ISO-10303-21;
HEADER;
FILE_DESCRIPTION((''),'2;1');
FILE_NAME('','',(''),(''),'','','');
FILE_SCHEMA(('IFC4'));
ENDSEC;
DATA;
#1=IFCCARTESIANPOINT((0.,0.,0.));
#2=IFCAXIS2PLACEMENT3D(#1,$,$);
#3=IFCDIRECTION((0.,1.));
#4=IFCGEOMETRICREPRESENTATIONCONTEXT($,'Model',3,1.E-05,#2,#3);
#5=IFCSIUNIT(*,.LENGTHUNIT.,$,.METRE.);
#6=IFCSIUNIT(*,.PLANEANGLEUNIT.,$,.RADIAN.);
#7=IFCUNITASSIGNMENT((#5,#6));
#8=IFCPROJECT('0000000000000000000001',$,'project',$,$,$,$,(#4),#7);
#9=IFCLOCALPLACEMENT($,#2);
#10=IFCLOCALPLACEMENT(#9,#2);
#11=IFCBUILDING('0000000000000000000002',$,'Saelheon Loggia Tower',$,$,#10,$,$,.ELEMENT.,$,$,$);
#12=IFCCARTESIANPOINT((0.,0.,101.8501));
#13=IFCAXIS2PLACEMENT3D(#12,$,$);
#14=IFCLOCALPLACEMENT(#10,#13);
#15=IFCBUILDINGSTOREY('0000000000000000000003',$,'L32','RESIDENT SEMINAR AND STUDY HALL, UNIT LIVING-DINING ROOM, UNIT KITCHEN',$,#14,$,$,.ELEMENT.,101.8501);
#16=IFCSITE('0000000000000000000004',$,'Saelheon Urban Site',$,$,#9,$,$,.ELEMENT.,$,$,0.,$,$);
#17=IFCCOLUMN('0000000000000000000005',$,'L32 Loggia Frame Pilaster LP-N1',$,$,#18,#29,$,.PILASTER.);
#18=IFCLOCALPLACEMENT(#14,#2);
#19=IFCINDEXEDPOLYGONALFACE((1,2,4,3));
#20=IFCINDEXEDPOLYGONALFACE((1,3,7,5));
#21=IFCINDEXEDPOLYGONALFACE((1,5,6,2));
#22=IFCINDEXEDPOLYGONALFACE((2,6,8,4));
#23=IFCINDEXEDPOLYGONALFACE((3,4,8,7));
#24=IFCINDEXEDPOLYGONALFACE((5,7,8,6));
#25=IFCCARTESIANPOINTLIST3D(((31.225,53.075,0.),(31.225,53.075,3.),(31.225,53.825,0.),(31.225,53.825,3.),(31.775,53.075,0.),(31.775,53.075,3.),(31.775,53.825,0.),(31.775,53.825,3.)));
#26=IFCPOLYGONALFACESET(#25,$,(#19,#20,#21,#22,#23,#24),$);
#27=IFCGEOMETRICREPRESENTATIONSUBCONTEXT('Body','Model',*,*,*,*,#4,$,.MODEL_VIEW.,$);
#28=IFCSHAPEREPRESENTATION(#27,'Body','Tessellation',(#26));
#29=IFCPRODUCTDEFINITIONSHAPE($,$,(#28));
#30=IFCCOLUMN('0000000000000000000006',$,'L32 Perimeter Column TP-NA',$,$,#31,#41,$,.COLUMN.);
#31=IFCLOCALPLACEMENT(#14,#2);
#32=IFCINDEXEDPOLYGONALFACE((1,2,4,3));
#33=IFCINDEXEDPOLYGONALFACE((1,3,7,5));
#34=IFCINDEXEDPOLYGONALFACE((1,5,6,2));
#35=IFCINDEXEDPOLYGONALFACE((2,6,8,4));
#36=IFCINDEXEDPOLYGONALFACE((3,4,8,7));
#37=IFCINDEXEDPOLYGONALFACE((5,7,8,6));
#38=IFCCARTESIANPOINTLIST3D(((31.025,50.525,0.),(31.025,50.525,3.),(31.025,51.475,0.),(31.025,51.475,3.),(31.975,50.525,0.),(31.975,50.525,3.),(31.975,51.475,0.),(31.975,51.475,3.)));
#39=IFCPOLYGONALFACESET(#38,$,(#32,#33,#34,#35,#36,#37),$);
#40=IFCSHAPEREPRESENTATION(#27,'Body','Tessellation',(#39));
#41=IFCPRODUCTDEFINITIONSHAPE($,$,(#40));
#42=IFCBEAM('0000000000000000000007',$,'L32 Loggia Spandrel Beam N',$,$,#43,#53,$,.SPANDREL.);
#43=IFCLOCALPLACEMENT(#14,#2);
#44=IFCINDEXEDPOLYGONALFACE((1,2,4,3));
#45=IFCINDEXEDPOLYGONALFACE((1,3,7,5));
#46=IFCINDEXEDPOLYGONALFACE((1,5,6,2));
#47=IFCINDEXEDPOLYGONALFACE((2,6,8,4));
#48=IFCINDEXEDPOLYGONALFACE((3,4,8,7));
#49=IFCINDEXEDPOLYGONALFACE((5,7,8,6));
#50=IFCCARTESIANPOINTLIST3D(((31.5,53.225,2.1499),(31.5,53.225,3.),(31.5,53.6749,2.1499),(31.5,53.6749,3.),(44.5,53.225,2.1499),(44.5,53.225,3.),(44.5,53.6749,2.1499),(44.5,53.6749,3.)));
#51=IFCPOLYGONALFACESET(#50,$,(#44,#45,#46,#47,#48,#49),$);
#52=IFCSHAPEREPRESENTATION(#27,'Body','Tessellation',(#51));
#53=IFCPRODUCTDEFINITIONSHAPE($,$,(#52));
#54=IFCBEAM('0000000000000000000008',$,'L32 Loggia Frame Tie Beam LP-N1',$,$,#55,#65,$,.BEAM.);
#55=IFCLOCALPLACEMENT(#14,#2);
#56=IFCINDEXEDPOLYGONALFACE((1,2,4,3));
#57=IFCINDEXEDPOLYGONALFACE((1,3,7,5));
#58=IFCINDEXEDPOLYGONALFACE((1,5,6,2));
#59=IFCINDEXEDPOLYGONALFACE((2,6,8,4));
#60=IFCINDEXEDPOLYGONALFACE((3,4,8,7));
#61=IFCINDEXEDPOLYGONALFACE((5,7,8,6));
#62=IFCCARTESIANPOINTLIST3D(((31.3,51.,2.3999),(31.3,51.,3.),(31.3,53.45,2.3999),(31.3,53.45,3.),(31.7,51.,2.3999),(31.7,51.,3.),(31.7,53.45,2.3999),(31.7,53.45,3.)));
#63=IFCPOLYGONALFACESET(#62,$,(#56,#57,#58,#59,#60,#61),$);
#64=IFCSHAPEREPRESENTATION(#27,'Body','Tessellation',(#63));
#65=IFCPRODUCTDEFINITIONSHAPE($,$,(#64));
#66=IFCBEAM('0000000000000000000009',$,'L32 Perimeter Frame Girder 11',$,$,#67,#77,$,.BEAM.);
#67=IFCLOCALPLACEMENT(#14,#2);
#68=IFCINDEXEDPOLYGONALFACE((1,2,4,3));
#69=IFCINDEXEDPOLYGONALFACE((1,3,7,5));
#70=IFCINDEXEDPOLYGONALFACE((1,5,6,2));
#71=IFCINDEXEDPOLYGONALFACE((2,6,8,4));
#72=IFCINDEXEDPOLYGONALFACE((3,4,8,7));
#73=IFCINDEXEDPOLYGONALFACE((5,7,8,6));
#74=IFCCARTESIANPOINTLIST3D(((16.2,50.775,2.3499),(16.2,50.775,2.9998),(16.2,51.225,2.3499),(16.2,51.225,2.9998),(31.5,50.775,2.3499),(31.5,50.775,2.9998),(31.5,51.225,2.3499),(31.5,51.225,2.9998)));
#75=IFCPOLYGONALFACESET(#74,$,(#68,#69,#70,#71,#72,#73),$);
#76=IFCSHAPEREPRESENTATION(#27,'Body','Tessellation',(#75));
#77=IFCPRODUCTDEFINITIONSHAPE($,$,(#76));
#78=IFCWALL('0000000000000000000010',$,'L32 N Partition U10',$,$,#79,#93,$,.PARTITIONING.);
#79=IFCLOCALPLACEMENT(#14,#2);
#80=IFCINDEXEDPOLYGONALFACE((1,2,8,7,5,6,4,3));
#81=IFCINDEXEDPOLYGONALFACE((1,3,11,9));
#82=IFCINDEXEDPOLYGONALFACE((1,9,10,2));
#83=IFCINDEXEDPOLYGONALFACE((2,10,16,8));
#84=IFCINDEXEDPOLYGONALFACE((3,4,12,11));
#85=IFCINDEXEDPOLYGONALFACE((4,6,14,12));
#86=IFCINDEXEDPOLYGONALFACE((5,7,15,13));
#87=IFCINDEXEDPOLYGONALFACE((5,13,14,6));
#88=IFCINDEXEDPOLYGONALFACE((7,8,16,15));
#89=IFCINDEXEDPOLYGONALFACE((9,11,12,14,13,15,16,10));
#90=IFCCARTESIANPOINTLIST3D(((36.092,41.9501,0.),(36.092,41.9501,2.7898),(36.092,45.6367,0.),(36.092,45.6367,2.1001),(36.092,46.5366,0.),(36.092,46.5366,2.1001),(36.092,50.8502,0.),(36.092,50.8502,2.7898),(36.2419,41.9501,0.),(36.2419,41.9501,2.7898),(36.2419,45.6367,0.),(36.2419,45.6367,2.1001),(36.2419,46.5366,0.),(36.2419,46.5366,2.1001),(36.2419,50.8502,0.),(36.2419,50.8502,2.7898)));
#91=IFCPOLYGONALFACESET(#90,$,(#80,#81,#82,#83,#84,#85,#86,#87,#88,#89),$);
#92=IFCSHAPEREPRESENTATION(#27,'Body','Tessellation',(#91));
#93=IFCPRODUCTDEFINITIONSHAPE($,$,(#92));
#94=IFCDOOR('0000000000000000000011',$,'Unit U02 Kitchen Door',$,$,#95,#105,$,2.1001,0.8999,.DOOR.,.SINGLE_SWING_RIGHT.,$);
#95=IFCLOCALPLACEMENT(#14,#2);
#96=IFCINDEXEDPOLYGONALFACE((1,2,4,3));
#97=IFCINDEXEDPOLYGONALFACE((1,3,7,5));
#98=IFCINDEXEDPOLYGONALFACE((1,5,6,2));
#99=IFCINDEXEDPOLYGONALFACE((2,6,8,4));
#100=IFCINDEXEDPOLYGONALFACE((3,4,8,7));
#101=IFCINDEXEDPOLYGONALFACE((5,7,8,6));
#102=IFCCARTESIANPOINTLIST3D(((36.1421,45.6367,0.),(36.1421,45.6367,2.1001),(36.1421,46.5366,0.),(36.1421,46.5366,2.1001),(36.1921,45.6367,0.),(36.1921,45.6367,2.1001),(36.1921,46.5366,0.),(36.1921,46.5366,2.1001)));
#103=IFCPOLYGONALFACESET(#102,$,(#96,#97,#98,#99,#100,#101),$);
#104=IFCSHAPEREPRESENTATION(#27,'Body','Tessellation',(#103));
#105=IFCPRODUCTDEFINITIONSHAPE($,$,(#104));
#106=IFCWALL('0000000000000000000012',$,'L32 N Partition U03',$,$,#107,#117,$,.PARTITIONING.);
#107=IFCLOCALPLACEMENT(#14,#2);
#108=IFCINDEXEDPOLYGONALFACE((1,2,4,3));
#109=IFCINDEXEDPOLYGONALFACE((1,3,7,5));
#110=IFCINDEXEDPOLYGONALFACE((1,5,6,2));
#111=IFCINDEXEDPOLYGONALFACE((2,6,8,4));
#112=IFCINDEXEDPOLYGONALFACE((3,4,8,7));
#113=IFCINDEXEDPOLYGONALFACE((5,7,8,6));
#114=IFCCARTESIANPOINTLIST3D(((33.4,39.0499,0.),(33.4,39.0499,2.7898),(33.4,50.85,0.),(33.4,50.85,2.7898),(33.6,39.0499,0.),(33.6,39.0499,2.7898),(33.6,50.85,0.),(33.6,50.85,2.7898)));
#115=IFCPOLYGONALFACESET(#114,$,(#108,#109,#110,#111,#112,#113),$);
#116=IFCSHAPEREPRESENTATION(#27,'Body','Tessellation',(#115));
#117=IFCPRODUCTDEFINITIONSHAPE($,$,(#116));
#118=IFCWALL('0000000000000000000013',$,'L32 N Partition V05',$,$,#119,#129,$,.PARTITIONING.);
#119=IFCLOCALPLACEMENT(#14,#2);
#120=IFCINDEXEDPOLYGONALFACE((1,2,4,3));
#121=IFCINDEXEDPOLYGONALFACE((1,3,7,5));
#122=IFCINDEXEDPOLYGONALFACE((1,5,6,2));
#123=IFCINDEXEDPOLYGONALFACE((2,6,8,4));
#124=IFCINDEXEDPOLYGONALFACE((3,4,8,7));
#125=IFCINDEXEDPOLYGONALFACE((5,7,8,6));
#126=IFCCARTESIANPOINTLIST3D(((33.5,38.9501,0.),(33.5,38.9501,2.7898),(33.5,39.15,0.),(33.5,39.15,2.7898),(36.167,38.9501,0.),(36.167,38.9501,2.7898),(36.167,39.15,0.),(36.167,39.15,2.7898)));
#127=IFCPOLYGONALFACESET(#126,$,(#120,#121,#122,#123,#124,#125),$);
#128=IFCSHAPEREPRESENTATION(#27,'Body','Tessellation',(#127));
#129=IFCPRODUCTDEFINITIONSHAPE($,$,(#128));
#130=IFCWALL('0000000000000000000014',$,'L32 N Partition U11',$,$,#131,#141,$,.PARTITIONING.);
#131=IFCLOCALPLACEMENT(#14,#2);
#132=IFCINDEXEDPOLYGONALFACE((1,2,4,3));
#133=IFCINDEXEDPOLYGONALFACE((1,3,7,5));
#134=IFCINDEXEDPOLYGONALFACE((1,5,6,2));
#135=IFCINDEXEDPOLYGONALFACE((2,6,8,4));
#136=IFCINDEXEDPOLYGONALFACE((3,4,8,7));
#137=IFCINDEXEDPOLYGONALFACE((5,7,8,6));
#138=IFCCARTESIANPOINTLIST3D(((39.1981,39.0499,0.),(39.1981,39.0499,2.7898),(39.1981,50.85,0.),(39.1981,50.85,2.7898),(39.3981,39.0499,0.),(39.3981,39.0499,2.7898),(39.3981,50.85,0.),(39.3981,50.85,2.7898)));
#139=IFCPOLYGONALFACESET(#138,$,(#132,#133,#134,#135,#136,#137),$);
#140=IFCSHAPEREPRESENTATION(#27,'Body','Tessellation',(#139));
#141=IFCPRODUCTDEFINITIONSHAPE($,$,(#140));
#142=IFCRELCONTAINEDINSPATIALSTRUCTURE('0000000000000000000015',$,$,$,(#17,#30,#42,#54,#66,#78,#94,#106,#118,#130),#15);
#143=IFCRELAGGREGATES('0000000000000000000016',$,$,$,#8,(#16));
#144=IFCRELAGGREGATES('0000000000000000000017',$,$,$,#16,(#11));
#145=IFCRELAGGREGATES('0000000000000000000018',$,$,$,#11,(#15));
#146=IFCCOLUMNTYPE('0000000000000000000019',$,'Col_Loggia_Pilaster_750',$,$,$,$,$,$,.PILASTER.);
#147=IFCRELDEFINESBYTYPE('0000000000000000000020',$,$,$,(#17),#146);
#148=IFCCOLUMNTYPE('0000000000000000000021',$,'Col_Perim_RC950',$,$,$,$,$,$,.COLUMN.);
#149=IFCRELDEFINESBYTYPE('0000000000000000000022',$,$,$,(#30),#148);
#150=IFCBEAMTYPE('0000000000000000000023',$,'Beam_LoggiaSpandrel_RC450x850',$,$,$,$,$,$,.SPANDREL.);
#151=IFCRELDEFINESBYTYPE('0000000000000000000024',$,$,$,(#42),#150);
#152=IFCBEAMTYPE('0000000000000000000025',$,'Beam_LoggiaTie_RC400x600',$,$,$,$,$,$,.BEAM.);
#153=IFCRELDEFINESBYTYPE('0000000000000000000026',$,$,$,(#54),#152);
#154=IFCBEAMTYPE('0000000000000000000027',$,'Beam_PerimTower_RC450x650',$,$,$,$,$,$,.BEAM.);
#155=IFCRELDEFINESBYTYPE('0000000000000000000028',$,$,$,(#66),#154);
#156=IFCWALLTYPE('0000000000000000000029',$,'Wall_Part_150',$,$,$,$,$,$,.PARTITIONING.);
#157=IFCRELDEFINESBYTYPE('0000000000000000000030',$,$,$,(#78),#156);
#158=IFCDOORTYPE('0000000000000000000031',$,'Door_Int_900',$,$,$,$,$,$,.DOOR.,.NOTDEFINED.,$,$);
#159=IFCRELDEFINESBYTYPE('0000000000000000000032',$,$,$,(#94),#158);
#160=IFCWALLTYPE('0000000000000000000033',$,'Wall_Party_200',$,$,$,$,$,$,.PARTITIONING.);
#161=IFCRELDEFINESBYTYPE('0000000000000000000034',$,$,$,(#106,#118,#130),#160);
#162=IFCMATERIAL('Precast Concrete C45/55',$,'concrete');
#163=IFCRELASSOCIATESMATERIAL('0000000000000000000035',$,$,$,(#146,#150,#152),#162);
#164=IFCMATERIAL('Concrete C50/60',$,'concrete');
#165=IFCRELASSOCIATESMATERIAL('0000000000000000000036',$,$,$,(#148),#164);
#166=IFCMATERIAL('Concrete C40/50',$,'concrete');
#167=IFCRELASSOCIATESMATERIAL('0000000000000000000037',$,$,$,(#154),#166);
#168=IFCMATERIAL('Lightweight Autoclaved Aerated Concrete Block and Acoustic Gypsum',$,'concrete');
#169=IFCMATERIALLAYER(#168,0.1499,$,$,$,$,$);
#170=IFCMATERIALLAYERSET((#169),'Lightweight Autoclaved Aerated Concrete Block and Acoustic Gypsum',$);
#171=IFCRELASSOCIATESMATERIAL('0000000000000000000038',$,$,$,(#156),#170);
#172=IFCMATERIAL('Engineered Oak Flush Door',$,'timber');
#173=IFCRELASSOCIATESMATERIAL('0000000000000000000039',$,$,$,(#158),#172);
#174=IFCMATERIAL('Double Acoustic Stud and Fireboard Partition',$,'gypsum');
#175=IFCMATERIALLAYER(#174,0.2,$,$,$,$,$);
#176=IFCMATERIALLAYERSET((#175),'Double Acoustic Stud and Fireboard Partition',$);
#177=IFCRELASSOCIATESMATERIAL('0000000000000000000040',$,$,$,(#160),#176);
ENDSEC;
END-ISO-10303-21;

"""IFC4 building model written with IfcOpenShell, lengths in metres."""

from ifc_helpers import new_model, si_unit, direction, frame, frame_2d, origin, origin_2d, place, context, subcontext, project, spatial, rectangle, extrude, source, transform, mapped, material, layer, layer_set, material_profile, profile_set, type_object, element, fill, save


model = new_model("IFC4")

# Units and contexts
model_context = context("Model", 3, precision=1e-05, world=origin(), true_north=direction((0.0, 1.0)))
body_context = subcontext(model_context, "Body", "Model", "MODEL_VIEW")
ifc_project = project(units=[si_unit("LENGTHUNIT", "METRE"), si_unit("PLANEANGLEUNIT", "RADIAN")], contexts=[model_context])

# Site, building, storey
site_placement = place(None, origin())
site = spatial("IfcSite", under=ifc_project, at=site_placement, Name="Saelheon Urban Site", CompositionType="ELEMENT", RefElevation=0.0)
building_placement = place(site_placement, origin())
building = spatial("IfcBuilding", under=site, at=building_placement, Name="Saelheon Loggia Tower", CompositionType="ELEMENT")
storey_placement = place(building_placement, frame((0.0, 0.0, 101.8501)))
storey = spatial("IfcBuildingStorey", under=building, at=storey_placement, Name="L32", Description="RESIDENT SEMINAR AND STUDY HALL, UNIT LIVING-DINING ROOM, UNIT KITCHEN", CompositionType="ELEMENT", Elevation=101.8501)

# Columns
ifc_material_1 = material(Name="Precast Concrete C45/55", Category="concrete")
ifc_material_profile_1 = material_profile(ifc_material_1, rectangle(XDim=0.55, YDim=0.75, at=origin_2d()), Name="RC-550x750")
ifc_profile_set_1 = profile_set([ifc_material_profile_1], Name="Precast Concrete C45/55")
column_type_1 = type_object("IfcColumnType", Name="Col_Loggia_Pilaster_750", PredefinedType="PILASTER", material=ifc_profile_set_1)
shared_shape_1 = source(origin(), body_context, "Body", "SweptSolid", [
    extrude(rectangle(XDim=0.55, YDim=0.75, at=origin_2d()), origin(), (0.0, 0.0, 1.0), 3.0),
])
column_1_placement = place(storey_placement, frame((31.5, 53.45, 0.0), z_axis=(0.0, 0.0, 1.0), x_axis=(1.0, 0.0, 0.0)))
element("IfcColumn", 1, at=column_1_placement, inside=storey, type_object=column_type_1, Name="L32 Loggia Frame Pilaster LP-N1", PredefinedType="PILASTER", context=body_context, shape_type="MappedRepresentation", body=[
    mapped(shared_shape_1, transform((0.0, 0.0, 0.0), scale=1.0)),
])
ifc_material_2 = material(Name="Concrete C50/60", Category="concrete")
ifc_material_profile_2 = material_profile(ifc_material_2, rectangle(XDim=0.95, YDim=0.95, at=origin_2d()), Name="RC-950x950")
ifc_profile_set_2 = profile_set([ifc_material_profile_2], Name="Concrete C50/60")
column_type_2 = type_object("IfcColumnType", Name="Col_Perim_RC950", PredefinedType="COLUMN", material=ifc_profile_set_2)
shared_shape_2 = source(origin(), body_context, "Body", "SweptSolid", [
    extrude(rectangle(XDim=0.95, YDim=0.95, at=origin_2d()), origin(), (0.0, 0.0, 1.0), 3.0),
])
column_2_placement = place(storey_placement, frame((31.5, 51.0, 0.0), z_axis=(0.0, 0.0, 1.0), x_axis=(1.0, 0.0, 0.0)))
element("IfcColumn", 2, at=column_2_placement, inside=storey, type_object=column_type_2, Name="L32 Perimeter Column TP-NA", PredefinedType="COLUMN", context=body_context, shape_type="MappedRepresentation", body=[
    mapped(shared_shape_2, transform((0.0, 0.0, 0.0), scale=1.0)),
])

# Beams
ifc_material_profile_3 = material_profile(ifc_material_1, rectangle(XDim=0.45, YDim=0.8501, at=origin_2d()), Name="RC-450x850")
ifc_profile_set_3 = profile_set([ifc_material_profile_3], Name="Precast Concrete C45/55")
beam_type_1 = type_object("IfcBeamType", Name="Beam_LoggiaSpandrel_RC450x850", PredefinedType="SPANDREL", material=ifc_profile_set_3)
shared_shape_3 = source(origin(), body_context, "Body", "SweptSolid", [
    extrude(rectangle(XDim=0.45, YDim=0.8501, at=origin_2d()), origin(), (0.0, 0.0, 1.0), 13.0),
])
beam_1_placement = place(storey_placement, frame((31.5, 53.45, 2.575), z_axis=(1.0, 0.0, 0.0), x_axis=(0.0, 1.0, 0.0)))
element("IfcBeam", 3, at=beam_1_placement, inside=storey, type_object=beam_type_1, Name="L32 Loggia Spandrel Beam N", PredefinedType="SPANDREL", context=body_context, shape_type="MappedRepresentation", body=[
    mapped(shared_shape_3, transform((0.0, 0.0, 0.0), scale=1.0)),
])
ifc_material_profile_4 = material_profile(ifc_material_1, rectangle(XDim=0.3999, YDim=0.6001, at=origin_2d()), Name="RC-400x600")
ifc_profile_set_4 = profile_set([ifc_material_profile_4], Name="Precast Concrete C45/55")
beam_type_2 = type_object("IfcBeamType", Name="Beam_LoggiaTie_RC400x600", PredefinedType="BEAM", material=ifc_profile_set_4)
shared_shape_4 = source(origin(), body_context, "Body", "SweptSolid", [
    extrude(rectangle(XDim=0.3999, YDim=0.6001, at=origin_2d()), origin(), (0.0, 0.0, 1.0), 2.45),
])
beam_2_placement = place(storey_placement, frame((31.5, 51.0, 2.7), z_axis=(0.0, 1.0, 0.0), x_axis=(-1.0, 0.0, 0.0)))
element("IfcBeam", 4, at=beam_2_placement, inside=storey, type_object=beam_type_2, Name="L32 Loggia Frame Tie Beam LP-N1", PredefinedType="BEAM", context=body_context, shape_type="MappedRepresentation", body=[
    mapped(shared_shape_4, transform((0.0, 0.0, 0.0), scale=1.0)),
])
ifc_material_3 = material(Name="Concrete C40/50", Category="concrete")
ifc_material_profile_5 = material_profile(ifc_material_3, rectangle(XDim=0.45, YDim=0.6499, at=origin_2d()), Name="RC-450x650")
ifc_profile_set_5 = profile_set([ifc_material_profile_5], Name="Concrete C40/50")
beam_type_3 = type_object("IfcBeamType", Name="Beam_PerimTower_RC450x650", PredefinedType="BEAM", material=ifc_profile_set_5)
shared_shape_5 = source(origin(), body_context, "Body", "SweptSolid", [
    extrude(rectangle(XDim=0.45, YDim=0.6499, at=origin_2d()), origin(), (0.0, 0.0, 1.0), 15.3),
])
beam_3_placement = place(storey_placement, frame((31.5, 51.0, 2.6748), z_axis=(-1.0, 0.0, 0.0), x_axis=(0.0, -1.0, 0.0)))
element("IfcBeam", 5, at=beam_3_placement, inside=storey, type_object=beam_type_3, Name="L32 Perimeter Frame Girder 11", PredefinedType="BEAM", context=body_context, shape_type="MappedRepresentation", body=[
    mapped(shared_shape_5, transform((0.0, 0.0, 0.0), scale=1.0)),
])

# Wall, opening, door
ifc_material_4 = material(Name="Lightweight Autoclaved Aerated Concrete Block and Acoustic Gypsum", Category="concrete")
ifc_layer_1 = layer(ifc_material_4, 0.1499)
ifc_layer_set_1 = layer_set([ifc_layer_1], Name="Lightweight Autoclaved Aerated Concrete Block and Acoustic Gypsum")
wall_type_1 = type_object("IfcWallType", Name="Wall_Part_150", PredefinedType="PARTITIONING", material=ifc_layer_set_1)
wall_1_placement = place(storey_placement, frame((36.167, 41.95, 0.0), z_axis=(0.0, 0.0, 1.0), x_axis=(0.0, 1.0, 0.0)))
wall_1 = element("IfcWall", 6, at=wall_1_placement, inside=storey, type_object=wall_type_1, Name="L32 N Partition U10", PredefinedType="PARTITIONING", context=body_context, shape_type="SweptSolid", body=[
    extrude(rectangle(XDim=8.9001, YDim=0.1499, at=frame_2d((4.4502, 0.0))), origin(), (0.0, 0.0, 1.0), 2.7898),
])
opening_1_placement = place(wall_1_placement, frame((3.6868, 0.0, 0.0)))
opening_1 = element("IfcOpeningElement", 7, at=opening_1_placement, cuts=wall_1, PredefinedType="OPENING", context=body_context, shape_type="SweptSolid", body=[
    extrude(rectangle(XDim=0.8999, YDim=2.1001, at=frame_2d((0.45, 1.05))), frame((0.0, 0.0869, 0.0), z_axis=(0.0, -1.0, 0.0), x_axis=(1.0, 0.0, 0.0)), (0.0, 0.0, 1.0), 0.1738),
])
ifc_material_5 = material(Name="Engineered Oak Flush Door", Category="timber")
door_type_1 = type_object("IfcDoorType", Name="Door_Int_900", OperationType="NOTDEFINED", PredefinedType="DOOR", material=ifc_material_5)
shared_shape_6 = source(origin(), body_context, "Body", "SweptSolid", [
    extrude(rectangle(XDim=0.8999, YDim=2.1001, at=frame_2d((0.45, 1.05))), frame((0.0, 0.0249, 0.0), z_axis=(0.0, -1.0, 0.0), x_axis=(1.0, 0.0, 0.0)), (0.0, 0.0, 1.0), 0.05),
])
door_1_placement = place(opening_1_placement, origin())
door_1 = element("IfcDoor", 8, at=door_1_placement, inside=storey, type_object=door_type_1, Name="Unit U02 Kitchen Door", OperationType="SINGLE_SWING_RIGHT", OverallHeight=2.1001, OverallWidth=0.8999, PredefinedType="DOOR", context=body_context, shape_type="MappedRepresentation", body=[
    mapped(shared_shape_6, transform((0.0, 0.0, 0.0), scale=1.0)),
])
fill(opening_1, door_1)

# Walls
ifc_material_6 = material(Name="Double Acoustic Stud and Fireboard Partition", Category="gypsum")
ifc_layer_2 = layer(ifc_material_6, 0.2)
ifc_layer_set_2 = layer_set([ifc_layer_2], Name="Double Acoustic Stud and Fireboard Partition")
wall_type_2 = type_object("IfcWallType", Name="Wall_Party_200", PredefinedType="PARTITIONING", material=ifc_layer_set_2)
wall_2_placement = place(storey_placement, frame((33.5, 39.05, 0.0), z_axis=(0.0, 0.0, 1.0), x_axis=(0.0, 1.0, 0.0)))
element("IfcWall", 9, at=wall_2_placement, inside=storey, type_object=wall_type_2, Name="L32 N Partition U03", PredefinedType="PARTITIONING", context=body_context, shape_type="SweptSolid", body=[
    extrude(rectangle(XDim=11.8, YDim=0.2, at=frame_2d((5.8999, 0.0))), origin(), (0.0, 0.0, 1.0), 2.7898),
])
wall_3_placement = place(storey_placement, frame((33.5, 39.05, 0.0), z_axis=(0.0, 0.0, 1.0), x_axis=(1.0, 0.0, 0.0)))
element("IfcWall", 10, at=wall_3_placement, inside=storey, type_object=wall_type_2, Name="L32 N Partition V05", PredefinedType="PARTITIONING", context=body_context, shape_type="SweptSolid", body=[
    extrude(rectangle(XDim=2.667, YDim=0.2, at=frame_2d((1.3335, 0.0))), origin(), (0.0, 0.0, 1.0), 2.7898),
])

# Wall
wall_4_placement = place(storey_placement, frame((39.2981, 39.05, 0.0), z_axis=(0.0, 0.0, 1.0), x_axis=(0.0, 1.0, 0.0)))
element("IfcWall", 11, at=wall_4_placement, inside=storey, type_object=wall_type_2, Name="L32 N Partition U11", PredefinedType="PARTITIONING", context=body_context, shape_type="SweptSolid", body=[
    extrude(rectangle(XDim=11.8, YDim=0.2, at=frame_2d((5.8999, 0.0))), origin(), (0.0, 0.0, 1.0), 2.7898),
])

save(model, "model.ifc")
